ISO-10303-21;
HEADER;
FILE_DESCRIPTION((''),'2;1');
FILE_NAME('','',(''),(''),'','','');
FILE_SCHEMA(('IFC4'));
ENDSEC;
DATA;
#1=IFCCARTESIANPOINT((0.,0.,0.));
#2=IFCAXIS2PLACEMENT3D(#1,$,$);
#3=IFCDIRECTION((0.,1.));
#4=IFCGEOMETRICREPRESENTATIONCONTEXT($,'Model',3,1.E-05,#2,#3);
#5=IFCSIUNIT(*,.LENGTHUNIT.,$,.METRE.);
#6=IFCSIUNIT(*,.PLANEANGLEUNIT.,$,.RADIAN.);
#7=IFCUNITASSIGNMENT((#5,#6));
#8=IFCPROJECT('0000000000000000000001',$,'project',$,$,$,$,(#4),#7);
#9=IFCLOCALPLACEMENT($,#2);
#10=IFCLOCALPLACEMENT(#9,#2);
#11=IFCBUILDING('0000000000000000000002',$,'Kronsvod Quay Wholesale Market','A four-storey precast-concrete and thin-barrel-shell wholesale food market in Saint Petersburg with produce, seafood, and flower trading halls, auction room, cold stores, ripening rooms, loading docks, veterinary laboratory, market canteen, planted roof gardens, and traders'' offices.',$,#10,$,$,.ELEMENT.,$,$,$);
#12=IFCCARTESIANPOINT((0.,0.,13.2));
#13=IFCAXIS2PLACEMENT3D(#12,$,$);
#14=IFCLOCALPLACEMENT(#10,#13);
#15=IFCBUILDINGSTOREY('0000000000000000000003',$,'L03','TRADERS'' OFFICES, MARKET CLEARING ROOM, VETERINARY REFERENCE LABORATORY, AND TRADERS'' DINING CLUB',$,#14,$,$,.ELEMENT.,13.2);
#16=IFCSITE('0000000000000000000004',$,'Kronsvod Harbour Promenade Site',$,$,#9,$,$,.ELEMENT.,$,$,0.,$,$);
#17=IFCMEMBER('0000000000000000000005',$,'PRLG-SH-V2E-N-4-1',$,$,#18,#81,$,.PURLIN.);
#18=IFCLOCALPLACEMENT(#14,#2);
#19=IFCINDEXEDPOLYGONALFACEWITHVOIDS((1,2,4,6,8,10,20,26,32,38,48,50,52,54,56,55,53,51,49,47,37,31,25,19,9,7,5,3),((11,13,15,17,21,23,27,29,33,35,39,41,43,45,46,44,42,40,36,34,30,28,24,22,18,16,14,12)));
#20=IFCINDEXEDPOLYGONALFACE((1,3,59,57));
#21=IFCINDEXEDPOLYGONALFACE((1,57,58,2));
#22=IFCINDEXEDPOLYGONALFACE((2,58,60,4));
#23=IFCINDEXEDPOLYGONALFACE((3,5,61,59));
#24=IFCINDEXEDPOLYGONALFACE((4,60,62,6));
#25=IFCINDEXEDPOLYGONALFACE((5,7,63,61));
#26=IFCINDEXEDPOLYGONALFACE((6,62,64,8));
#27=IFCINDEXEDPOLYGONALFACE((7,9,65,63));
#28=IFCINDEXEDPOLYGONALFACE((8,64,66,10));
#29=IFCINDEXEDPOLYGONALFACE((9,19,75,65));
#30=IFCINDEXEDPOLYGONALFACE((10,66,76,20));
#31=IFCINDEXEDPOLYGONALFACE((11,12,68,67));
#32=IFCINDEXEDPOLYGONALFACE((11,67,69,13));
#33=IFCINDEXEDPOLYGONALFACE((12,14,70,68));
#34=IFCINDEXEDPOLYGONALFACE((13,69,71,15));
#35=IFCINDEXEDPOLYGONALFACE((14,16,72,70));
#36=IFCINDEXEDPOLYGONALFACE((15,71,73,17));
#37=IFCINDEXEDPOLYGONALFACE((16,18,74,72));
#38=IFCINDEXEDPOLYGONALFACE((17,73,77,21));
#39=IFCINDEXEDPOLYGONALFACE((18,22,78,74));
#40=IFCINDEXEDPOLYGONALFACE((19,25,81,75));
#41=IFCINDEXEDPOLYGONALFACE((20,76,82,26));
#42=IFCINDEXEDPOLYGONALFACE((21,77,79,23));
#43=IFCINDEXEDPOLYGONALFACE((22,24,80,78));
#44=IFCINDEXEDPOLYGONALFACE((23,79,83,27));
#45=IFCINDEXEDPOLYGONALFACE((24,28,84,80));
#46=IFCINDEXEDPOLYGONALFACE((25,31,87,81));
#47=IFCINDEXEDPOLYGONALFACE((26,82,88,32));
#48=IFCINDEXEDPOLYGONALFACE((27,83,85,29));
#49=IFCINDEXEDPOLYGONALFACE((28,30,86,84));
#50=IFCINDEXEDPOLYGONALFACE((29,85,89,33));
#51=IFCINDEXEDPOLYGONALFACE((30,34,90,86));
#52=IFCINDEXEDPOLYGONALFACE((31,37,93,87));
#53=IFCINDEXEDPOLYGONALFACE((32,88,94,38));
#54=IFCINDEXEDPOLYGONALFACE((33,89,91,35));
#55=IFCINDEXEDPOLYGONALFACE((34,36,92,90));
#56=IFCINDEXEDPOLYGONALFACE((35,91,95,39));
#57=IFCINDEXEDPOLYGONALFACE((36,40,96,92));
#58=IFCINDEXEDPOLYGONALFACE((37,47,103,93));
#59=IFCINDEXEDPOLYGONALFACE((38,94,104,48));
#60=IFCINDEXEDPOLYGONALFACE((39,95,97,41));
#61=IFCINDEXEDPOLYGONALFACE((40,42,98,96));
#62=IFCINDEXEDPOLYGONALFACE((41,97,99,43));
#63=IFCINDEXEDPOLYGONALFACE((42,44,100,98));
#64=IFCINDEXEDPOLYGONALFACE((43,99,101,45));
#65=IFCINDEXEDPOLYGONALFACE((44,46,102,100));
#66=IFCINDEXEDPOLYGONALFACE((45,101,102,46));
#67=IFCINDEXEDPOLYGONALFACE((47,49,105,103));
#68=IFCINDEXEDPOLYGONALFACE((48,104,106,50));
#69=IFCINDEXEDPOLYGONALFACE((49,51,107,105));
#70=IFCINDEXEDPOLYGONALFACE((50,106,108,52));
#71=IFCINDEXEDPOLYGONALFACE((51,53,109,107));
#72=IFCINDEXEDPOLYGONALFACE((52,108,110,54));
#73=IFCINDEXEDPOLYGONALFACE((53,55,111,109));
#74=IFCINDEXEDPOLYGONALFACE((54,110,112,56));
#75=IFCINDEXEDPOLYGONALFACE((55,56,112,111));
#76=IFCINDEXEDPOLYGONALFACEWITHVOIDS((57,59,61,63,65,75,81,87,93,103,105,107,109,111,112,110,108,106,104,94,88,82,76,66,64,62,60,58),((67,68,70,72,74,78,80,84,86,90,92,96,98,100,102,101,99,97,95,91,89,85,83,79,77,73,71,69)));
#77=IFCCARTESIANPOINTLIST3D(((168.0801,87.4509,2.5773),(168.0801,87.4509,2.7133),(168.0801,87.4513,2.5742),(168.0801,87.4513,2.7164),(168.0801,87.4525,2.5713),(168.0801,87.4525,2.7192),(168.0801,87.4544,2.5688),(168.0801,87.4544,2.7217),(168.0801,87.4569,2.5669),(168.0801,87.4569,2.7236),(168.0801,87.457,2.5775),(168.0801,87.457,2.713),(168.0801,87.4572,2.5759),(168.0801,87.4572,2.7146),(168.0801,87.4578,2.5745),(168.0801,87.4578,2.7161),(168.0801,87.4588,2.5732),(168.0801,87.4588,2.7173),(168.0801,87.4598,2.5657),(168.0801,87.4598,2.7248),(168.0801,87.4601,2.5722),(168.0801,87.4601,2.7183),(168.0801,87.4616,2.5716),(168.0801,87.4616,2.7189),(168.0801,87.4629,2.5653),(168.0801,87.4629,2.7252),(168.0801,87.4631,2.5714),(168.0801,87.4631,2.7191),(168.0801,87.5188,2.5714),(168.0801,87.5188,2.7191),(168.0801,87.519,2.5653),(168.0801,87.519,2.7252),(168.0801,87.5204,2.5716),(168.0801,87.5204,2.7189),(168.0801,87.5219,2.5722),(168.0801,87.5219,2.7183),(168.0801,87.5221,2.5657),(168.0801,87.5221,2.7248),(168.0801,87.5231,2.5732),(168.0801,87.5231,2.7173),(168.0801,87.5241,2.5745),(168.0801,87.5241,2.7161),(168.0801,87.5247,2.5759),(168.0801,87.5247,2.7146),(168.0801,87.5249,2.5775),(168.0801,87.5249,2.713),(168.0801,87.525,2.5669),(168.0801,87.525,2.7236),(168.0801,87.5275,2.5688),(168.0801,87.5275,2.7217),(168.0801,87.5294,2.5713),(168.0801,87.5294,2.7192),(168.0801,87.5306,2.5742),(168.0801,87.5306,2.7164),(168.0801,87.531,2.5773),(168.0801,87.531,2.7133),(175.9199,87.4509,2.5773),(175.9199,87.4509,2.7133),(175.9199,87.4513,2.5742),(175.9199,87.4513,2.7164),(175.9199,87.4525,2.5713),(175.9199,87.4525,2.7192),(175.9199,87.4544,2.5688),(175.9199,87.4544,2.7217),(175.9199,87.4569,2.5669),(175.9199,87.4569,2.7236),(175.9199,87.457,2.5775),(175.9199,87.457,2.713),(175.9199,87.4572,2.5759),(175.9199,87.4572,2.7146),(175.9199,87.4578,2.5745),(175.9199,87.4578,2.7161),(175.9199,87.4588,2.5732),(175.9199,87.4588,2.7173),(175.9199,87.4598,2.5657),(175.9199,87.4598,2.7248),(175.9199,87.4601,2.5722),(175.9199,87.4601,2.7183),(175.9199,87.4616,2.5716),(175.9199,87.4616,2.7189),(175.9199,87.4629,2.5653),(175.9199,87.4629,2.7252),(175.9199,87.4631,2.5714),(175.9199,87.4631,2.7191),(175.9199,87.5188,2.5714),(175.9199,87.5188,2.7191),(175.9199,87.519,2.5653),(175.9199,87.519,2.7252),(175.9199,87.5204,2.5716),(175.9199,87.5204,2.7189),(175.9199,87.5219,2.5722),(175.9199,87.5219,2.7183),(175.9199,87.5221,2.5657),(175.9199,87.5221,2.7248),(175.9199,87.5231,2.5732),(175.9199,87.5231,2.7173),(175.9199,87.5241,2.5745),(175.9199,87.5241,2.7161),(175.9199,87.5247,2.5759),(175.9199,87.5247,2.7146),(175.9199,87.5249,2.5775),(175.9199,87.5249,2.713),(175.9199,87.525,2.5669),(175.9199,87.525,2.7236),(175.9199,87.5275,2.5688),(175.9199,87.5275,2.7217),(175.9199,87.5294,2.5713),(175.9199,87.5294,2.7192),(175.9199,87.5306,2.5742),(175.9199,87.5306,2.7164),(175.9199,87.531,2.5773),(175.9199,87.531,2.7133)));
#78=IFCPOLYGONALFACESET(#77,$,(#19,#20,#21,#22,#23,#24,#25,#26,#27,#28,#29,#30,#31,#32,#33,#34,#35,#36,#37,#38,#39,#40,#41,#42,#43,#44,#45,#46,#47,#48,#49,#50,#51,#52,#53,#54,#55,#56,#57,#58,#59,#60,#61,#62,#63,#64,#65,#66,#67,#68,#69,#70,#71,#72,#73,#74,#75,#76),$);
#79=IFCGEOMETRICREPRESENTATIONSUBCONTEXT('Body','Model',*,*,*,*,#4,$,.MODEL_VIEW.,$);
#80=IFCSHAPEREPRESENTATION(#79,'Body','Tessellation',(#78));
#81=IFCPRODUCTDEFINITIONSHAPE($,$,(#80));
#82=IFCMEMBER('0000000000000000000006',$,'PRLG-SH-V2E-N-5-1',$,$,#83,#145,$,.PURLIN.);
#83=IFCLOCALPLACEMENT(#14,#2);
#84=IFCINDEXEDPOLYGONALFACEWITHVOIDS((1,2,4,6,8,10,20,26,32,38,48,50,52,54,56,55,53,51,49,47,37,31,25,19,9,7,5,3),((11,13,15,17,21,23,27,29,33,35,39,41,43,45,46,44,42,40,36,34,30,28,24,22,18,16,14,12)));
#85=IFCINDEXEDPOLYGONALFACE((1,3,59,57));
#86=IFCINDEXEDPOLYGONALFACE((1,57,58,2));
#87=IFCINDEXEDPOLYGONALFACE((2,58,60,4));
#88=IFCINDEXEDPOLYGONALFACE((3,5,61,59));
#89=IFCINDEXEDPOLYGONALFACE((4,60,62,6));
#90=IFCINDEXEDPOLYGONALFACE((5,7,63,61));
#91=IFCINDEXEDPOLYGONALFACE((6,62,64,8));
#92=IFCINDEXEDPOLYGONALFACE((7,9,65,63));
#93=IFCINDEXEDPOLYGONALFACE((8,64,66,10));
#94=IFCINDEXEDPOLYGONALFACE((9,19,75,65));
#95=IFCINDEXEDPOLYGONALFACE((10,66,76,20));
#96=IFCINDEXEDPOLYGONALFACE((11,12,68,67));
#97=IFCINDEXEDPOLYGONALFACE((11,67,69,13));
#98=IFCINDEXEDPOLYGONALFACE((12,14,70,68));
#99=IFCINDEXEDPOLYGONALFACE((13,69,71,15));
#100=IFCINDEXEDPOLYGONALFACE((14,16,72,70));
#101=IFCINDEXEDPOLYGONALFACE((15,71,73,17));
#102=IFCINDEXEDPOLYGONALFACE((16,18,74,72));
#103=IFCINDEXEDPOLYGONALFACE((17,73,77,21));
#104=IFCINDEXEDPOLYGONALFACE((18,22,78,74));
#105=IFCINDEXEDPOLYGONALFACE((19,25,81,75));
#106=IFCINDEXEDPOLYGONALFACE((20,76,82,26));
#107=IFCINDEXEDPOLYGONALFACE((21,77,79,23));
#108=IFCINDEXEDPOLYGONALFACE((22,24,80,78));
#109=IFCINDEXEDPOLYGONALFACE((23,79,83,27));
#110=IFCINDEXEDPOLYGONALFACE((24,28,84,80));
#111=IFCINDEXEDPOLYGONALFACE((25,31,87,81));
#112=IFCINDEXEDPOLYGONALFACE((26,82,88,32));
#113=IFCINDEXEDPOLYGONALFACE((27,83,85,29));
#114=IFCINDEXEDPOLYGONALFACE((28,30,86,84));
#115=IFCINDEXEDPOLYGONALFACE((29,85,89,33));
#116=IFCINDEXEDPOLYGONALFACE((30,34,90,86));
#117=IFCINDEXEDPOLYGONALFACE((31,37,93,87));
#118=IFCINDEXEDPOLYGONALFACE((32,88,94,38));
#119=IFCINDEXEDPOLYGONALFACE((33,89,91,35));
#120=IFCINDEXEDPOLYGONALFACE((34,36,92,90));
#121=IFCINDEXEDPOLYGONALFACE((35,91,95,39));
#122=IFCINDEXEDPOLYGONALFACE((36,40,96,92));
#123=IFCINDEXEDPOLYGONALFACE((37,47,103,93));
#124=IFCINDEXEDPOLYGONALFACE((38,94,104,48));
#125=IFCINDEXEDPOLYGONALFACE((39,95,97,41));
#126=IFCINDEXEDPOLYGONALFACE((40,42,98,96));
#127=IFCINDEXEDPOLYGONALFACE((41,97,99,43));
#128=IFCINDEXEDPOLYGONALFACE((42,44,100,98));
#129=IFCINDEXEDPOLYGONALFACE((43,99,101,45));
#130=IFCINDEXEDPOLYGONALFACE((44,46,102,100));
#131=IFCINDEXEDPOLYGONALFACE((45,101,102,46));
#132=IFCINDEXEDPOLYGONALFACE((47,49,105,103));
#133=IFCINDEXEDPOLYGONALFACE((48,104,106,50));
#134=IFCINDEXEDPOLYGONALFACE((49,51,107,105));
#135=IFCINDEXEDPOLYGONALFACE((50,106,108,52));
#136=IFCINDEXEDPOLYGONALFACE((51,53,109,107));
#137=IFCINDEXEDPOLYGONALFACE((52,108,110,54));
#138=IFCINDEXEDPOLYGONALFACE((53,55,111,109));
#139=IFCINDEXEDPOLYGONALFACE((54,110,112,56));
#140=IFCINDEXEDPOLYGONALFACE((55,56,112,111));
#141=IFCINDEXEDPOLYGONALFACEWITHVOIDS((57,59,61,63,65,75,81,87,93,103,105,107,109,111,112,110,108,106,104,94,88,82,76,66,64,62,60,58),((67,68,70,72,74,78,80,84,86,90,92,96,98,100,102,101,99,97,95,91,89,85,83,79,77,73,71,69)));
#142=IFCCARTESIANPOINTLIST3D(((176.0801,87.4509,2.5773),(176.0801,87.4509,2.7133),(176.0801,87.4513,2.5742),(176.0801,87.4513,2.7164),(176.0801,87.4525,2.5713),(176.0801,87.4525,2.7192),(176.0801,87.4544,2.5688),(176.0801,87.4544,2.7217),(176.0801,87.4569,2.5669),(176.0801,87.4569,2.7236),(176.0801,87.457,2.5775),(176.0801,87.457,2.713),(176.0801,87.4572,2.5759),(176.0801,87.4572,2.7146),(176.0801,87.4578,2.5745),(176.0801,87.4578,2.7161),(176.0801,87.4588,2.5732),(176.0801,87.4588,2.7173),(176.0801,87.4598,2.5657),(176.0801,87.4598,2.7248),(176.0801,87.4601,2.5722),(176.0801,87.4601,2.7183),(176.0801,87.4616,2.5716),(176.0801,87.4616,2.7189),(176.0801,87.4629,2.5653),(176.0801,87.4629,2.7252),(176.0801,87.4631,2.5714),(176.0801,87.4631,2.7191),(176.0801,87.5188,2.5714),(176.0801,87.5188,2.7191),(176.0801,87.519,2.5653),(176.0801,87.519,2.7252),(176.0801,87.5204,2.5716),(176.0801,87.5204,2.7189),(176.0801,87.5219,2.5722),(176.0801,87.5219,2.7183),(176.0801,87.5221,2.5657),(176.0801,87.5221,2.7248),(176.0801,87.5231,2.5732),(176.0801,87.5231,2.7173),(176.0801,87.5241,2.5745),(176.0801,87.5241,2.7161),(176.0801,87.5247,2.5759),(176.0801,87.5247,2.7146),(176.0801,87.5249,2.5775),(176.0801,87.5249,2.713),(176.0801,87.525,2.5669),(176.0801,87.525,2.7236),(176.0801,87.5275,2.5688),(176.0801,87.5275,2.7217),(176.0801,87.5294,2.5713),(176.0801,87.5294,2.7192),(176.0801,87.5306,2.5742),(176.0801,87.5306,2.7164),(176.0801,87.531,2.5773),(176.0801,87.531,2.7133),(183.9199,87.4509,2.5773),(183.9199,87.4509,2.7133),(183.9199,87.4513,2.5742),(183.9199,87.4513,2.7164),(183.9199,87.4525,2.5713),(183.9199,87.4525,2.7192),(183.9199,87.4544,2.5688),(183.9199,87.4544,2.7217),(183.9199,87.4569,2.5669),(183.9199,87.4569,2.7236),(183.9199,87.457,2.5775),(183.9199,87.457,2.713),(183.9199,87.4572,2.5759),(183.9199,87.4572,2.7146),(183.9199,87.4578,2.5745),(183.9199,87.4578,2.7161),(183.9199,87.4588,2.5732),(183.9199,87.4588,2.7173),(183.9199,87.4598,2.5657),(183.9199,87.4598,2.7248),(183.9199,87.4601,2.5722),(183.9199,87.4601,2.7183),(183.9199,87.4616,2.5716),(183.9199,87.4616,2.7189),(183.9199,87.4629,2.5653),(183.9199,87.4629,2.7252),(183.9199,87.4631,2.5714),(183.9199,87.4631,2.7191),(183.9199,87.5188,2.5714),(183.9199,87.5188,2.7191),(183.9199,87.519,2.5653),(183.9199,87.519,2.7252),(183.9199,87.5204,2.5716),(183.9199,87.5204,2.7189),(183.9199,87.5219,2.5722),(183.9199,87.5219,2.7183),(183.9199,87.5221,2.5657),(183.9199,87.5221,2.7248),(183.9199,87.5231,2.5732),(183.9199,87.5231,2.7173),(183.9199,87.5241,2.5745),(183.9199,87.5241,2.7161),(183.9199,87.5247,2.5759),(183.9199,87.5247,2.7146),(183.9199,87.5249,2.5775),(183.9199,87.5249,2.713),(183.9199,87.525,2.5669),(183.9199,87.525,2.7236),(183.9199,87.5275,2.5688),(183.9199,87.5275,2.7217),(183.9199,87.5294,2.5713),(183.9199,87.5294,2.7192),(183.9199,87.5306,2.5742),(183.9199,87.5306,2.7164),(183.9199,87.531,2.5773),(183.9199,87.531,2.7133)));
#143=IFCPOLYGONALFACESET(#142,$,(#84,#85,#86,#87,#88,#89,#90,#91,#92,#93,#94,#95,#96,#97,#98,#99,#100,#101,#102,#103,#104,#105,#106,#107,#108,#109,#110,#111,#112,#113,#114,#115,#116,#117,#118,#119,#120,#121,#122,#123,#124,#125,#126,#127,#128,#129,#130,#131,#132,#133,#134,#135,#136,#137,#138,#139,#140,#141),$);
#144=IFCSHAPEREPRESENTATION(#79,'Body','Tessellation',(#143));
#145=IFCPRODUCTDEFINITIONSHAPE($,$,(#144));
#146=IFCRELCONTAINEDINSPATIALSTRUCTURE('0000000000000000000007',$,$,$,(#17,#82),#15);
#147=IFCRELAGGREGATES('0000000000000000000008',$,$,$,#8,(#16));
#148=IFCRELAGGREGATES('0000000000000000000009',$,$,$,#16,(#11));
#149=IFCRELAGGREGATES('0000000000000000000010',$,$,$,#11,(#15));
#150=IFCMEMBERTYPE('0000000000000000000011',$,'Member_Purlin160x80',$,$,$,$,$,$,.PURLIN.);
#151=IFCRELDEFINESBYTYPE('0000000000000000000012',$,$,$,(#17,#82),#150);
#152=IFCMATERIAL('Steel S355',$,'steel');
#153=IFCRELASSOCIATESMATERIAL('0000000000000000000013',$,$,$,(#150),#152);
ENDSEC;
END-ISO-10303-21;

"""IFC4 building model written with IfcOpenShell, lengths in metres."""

from ifc_helpers import new_model, si_unit, direction, frame, origin, origin_2d, place, context, subcontext, project, spatial, hollow_rectangle, extrude, material, material_profile, profile_set, type_object, element, save


model = new_model("IFC4")

# Units and contexts
model_context = context("Model", 3, precision=1e-05, world=origin(), true_north=direction((0.0, 1.0)))
body_context = subcontext(model_context, "Body", "Model", "MODEL_VIEW")
ifc_project = project(units=[si_unit("LENGTHUNIT", "METRE"), si_unit("PLANEANGLEUNIT", "RADIAN")], contexts=[model_context])

# Site, building, storey
site_placement = place(None, origin())
site = spatial("IfcSite", under=ifc_project, at=site_placement, Name="Kronsvod Harbour Promenade Site", CompositionType="ELEMENT", RefElevation=0.0)
building_placement = place(site_placement, origin())
building = spatial("IfcBuilding", under=site, at=building_placement, Name="Kronsvod Quay Wholesale Market", Description="A four-storey precast-concrete and thin-barrel-shell wholesale food market in Saint Petersburg with produce, seafood, and flower trading halls, auction room, cold stores, ripening rooms, loading docks, veterinary laboratory, market canteen, planted roof gardens, and traders' offices.", CompositionType="ELEMENT")
storey_placement = place(building_placement, frame((0.0, 0.0, 13.2)))
storey = spatial("IfcBuildingStorey", under=building, at=storey_placement, Name="L03", Description="TRADERS' OFFICES, MARKET CLEARING ROOM, VETERINARY REFERENCE LABORATORY, AND TRADERS' DINING CLUB", CompositionType="ELEMENT", Elevation=13.2)

# Members
ifc_material_1 = material(Name="Steel S355", Category="steel")
ifc_material_profile_1 = material_profile(ifc_material_1, hollow_rectangle(XDim=0.0801, YDim=0.1599, WallThickness=0.0061, InnerFilletRadius=0.0061, OuterFilletRadius=0.012, at=origin_2d()), Name="RHS160x80x6")
ifc_profile_set_1 = profile_set([ifc_material_profile_1], Name="Steel S355")
member_type_1 = type_object("IfcMemberType", Name="Member_Purlin160x80", PredefinedType="PURLIN", material=ifc_profile_set_1)
for number, where, z_axis, x_axis, name in (
    (1, (168.0801, 87.491, 2.6453), (1.0, 0.0, 0.0), (0.0, 1.0, 0.0), "PRLG-SH-V2E-N-4-1"),
    (2, (176.0801, 87.491, 2.6453), (1.0, 0.0, 0.0), (0.0, 1.0, 0.0), "PRLG-SH-V2E-N-5-1"),
):
    element("IfcMember", number, at=place(storey_placement, frame(where, z_axis=z_axis, x_axis=x_axis)), inside=storey, type_object=member_type_1, Name=name, PredefinedType="PURLIN", context=body_context, shape_type="SweptSolid", body=[
        extrude(hollow_rectangle(XDim=0.0801, YDim=0.1599, WallThickness=0.0061, InnerFilletRadius=0.0061, OuterFilletRadius=0.012, at=origin_2d()), origin(), (0.0, 0.0, 1.0), 7.8398),
    ])

save(model, "model.ifc")
